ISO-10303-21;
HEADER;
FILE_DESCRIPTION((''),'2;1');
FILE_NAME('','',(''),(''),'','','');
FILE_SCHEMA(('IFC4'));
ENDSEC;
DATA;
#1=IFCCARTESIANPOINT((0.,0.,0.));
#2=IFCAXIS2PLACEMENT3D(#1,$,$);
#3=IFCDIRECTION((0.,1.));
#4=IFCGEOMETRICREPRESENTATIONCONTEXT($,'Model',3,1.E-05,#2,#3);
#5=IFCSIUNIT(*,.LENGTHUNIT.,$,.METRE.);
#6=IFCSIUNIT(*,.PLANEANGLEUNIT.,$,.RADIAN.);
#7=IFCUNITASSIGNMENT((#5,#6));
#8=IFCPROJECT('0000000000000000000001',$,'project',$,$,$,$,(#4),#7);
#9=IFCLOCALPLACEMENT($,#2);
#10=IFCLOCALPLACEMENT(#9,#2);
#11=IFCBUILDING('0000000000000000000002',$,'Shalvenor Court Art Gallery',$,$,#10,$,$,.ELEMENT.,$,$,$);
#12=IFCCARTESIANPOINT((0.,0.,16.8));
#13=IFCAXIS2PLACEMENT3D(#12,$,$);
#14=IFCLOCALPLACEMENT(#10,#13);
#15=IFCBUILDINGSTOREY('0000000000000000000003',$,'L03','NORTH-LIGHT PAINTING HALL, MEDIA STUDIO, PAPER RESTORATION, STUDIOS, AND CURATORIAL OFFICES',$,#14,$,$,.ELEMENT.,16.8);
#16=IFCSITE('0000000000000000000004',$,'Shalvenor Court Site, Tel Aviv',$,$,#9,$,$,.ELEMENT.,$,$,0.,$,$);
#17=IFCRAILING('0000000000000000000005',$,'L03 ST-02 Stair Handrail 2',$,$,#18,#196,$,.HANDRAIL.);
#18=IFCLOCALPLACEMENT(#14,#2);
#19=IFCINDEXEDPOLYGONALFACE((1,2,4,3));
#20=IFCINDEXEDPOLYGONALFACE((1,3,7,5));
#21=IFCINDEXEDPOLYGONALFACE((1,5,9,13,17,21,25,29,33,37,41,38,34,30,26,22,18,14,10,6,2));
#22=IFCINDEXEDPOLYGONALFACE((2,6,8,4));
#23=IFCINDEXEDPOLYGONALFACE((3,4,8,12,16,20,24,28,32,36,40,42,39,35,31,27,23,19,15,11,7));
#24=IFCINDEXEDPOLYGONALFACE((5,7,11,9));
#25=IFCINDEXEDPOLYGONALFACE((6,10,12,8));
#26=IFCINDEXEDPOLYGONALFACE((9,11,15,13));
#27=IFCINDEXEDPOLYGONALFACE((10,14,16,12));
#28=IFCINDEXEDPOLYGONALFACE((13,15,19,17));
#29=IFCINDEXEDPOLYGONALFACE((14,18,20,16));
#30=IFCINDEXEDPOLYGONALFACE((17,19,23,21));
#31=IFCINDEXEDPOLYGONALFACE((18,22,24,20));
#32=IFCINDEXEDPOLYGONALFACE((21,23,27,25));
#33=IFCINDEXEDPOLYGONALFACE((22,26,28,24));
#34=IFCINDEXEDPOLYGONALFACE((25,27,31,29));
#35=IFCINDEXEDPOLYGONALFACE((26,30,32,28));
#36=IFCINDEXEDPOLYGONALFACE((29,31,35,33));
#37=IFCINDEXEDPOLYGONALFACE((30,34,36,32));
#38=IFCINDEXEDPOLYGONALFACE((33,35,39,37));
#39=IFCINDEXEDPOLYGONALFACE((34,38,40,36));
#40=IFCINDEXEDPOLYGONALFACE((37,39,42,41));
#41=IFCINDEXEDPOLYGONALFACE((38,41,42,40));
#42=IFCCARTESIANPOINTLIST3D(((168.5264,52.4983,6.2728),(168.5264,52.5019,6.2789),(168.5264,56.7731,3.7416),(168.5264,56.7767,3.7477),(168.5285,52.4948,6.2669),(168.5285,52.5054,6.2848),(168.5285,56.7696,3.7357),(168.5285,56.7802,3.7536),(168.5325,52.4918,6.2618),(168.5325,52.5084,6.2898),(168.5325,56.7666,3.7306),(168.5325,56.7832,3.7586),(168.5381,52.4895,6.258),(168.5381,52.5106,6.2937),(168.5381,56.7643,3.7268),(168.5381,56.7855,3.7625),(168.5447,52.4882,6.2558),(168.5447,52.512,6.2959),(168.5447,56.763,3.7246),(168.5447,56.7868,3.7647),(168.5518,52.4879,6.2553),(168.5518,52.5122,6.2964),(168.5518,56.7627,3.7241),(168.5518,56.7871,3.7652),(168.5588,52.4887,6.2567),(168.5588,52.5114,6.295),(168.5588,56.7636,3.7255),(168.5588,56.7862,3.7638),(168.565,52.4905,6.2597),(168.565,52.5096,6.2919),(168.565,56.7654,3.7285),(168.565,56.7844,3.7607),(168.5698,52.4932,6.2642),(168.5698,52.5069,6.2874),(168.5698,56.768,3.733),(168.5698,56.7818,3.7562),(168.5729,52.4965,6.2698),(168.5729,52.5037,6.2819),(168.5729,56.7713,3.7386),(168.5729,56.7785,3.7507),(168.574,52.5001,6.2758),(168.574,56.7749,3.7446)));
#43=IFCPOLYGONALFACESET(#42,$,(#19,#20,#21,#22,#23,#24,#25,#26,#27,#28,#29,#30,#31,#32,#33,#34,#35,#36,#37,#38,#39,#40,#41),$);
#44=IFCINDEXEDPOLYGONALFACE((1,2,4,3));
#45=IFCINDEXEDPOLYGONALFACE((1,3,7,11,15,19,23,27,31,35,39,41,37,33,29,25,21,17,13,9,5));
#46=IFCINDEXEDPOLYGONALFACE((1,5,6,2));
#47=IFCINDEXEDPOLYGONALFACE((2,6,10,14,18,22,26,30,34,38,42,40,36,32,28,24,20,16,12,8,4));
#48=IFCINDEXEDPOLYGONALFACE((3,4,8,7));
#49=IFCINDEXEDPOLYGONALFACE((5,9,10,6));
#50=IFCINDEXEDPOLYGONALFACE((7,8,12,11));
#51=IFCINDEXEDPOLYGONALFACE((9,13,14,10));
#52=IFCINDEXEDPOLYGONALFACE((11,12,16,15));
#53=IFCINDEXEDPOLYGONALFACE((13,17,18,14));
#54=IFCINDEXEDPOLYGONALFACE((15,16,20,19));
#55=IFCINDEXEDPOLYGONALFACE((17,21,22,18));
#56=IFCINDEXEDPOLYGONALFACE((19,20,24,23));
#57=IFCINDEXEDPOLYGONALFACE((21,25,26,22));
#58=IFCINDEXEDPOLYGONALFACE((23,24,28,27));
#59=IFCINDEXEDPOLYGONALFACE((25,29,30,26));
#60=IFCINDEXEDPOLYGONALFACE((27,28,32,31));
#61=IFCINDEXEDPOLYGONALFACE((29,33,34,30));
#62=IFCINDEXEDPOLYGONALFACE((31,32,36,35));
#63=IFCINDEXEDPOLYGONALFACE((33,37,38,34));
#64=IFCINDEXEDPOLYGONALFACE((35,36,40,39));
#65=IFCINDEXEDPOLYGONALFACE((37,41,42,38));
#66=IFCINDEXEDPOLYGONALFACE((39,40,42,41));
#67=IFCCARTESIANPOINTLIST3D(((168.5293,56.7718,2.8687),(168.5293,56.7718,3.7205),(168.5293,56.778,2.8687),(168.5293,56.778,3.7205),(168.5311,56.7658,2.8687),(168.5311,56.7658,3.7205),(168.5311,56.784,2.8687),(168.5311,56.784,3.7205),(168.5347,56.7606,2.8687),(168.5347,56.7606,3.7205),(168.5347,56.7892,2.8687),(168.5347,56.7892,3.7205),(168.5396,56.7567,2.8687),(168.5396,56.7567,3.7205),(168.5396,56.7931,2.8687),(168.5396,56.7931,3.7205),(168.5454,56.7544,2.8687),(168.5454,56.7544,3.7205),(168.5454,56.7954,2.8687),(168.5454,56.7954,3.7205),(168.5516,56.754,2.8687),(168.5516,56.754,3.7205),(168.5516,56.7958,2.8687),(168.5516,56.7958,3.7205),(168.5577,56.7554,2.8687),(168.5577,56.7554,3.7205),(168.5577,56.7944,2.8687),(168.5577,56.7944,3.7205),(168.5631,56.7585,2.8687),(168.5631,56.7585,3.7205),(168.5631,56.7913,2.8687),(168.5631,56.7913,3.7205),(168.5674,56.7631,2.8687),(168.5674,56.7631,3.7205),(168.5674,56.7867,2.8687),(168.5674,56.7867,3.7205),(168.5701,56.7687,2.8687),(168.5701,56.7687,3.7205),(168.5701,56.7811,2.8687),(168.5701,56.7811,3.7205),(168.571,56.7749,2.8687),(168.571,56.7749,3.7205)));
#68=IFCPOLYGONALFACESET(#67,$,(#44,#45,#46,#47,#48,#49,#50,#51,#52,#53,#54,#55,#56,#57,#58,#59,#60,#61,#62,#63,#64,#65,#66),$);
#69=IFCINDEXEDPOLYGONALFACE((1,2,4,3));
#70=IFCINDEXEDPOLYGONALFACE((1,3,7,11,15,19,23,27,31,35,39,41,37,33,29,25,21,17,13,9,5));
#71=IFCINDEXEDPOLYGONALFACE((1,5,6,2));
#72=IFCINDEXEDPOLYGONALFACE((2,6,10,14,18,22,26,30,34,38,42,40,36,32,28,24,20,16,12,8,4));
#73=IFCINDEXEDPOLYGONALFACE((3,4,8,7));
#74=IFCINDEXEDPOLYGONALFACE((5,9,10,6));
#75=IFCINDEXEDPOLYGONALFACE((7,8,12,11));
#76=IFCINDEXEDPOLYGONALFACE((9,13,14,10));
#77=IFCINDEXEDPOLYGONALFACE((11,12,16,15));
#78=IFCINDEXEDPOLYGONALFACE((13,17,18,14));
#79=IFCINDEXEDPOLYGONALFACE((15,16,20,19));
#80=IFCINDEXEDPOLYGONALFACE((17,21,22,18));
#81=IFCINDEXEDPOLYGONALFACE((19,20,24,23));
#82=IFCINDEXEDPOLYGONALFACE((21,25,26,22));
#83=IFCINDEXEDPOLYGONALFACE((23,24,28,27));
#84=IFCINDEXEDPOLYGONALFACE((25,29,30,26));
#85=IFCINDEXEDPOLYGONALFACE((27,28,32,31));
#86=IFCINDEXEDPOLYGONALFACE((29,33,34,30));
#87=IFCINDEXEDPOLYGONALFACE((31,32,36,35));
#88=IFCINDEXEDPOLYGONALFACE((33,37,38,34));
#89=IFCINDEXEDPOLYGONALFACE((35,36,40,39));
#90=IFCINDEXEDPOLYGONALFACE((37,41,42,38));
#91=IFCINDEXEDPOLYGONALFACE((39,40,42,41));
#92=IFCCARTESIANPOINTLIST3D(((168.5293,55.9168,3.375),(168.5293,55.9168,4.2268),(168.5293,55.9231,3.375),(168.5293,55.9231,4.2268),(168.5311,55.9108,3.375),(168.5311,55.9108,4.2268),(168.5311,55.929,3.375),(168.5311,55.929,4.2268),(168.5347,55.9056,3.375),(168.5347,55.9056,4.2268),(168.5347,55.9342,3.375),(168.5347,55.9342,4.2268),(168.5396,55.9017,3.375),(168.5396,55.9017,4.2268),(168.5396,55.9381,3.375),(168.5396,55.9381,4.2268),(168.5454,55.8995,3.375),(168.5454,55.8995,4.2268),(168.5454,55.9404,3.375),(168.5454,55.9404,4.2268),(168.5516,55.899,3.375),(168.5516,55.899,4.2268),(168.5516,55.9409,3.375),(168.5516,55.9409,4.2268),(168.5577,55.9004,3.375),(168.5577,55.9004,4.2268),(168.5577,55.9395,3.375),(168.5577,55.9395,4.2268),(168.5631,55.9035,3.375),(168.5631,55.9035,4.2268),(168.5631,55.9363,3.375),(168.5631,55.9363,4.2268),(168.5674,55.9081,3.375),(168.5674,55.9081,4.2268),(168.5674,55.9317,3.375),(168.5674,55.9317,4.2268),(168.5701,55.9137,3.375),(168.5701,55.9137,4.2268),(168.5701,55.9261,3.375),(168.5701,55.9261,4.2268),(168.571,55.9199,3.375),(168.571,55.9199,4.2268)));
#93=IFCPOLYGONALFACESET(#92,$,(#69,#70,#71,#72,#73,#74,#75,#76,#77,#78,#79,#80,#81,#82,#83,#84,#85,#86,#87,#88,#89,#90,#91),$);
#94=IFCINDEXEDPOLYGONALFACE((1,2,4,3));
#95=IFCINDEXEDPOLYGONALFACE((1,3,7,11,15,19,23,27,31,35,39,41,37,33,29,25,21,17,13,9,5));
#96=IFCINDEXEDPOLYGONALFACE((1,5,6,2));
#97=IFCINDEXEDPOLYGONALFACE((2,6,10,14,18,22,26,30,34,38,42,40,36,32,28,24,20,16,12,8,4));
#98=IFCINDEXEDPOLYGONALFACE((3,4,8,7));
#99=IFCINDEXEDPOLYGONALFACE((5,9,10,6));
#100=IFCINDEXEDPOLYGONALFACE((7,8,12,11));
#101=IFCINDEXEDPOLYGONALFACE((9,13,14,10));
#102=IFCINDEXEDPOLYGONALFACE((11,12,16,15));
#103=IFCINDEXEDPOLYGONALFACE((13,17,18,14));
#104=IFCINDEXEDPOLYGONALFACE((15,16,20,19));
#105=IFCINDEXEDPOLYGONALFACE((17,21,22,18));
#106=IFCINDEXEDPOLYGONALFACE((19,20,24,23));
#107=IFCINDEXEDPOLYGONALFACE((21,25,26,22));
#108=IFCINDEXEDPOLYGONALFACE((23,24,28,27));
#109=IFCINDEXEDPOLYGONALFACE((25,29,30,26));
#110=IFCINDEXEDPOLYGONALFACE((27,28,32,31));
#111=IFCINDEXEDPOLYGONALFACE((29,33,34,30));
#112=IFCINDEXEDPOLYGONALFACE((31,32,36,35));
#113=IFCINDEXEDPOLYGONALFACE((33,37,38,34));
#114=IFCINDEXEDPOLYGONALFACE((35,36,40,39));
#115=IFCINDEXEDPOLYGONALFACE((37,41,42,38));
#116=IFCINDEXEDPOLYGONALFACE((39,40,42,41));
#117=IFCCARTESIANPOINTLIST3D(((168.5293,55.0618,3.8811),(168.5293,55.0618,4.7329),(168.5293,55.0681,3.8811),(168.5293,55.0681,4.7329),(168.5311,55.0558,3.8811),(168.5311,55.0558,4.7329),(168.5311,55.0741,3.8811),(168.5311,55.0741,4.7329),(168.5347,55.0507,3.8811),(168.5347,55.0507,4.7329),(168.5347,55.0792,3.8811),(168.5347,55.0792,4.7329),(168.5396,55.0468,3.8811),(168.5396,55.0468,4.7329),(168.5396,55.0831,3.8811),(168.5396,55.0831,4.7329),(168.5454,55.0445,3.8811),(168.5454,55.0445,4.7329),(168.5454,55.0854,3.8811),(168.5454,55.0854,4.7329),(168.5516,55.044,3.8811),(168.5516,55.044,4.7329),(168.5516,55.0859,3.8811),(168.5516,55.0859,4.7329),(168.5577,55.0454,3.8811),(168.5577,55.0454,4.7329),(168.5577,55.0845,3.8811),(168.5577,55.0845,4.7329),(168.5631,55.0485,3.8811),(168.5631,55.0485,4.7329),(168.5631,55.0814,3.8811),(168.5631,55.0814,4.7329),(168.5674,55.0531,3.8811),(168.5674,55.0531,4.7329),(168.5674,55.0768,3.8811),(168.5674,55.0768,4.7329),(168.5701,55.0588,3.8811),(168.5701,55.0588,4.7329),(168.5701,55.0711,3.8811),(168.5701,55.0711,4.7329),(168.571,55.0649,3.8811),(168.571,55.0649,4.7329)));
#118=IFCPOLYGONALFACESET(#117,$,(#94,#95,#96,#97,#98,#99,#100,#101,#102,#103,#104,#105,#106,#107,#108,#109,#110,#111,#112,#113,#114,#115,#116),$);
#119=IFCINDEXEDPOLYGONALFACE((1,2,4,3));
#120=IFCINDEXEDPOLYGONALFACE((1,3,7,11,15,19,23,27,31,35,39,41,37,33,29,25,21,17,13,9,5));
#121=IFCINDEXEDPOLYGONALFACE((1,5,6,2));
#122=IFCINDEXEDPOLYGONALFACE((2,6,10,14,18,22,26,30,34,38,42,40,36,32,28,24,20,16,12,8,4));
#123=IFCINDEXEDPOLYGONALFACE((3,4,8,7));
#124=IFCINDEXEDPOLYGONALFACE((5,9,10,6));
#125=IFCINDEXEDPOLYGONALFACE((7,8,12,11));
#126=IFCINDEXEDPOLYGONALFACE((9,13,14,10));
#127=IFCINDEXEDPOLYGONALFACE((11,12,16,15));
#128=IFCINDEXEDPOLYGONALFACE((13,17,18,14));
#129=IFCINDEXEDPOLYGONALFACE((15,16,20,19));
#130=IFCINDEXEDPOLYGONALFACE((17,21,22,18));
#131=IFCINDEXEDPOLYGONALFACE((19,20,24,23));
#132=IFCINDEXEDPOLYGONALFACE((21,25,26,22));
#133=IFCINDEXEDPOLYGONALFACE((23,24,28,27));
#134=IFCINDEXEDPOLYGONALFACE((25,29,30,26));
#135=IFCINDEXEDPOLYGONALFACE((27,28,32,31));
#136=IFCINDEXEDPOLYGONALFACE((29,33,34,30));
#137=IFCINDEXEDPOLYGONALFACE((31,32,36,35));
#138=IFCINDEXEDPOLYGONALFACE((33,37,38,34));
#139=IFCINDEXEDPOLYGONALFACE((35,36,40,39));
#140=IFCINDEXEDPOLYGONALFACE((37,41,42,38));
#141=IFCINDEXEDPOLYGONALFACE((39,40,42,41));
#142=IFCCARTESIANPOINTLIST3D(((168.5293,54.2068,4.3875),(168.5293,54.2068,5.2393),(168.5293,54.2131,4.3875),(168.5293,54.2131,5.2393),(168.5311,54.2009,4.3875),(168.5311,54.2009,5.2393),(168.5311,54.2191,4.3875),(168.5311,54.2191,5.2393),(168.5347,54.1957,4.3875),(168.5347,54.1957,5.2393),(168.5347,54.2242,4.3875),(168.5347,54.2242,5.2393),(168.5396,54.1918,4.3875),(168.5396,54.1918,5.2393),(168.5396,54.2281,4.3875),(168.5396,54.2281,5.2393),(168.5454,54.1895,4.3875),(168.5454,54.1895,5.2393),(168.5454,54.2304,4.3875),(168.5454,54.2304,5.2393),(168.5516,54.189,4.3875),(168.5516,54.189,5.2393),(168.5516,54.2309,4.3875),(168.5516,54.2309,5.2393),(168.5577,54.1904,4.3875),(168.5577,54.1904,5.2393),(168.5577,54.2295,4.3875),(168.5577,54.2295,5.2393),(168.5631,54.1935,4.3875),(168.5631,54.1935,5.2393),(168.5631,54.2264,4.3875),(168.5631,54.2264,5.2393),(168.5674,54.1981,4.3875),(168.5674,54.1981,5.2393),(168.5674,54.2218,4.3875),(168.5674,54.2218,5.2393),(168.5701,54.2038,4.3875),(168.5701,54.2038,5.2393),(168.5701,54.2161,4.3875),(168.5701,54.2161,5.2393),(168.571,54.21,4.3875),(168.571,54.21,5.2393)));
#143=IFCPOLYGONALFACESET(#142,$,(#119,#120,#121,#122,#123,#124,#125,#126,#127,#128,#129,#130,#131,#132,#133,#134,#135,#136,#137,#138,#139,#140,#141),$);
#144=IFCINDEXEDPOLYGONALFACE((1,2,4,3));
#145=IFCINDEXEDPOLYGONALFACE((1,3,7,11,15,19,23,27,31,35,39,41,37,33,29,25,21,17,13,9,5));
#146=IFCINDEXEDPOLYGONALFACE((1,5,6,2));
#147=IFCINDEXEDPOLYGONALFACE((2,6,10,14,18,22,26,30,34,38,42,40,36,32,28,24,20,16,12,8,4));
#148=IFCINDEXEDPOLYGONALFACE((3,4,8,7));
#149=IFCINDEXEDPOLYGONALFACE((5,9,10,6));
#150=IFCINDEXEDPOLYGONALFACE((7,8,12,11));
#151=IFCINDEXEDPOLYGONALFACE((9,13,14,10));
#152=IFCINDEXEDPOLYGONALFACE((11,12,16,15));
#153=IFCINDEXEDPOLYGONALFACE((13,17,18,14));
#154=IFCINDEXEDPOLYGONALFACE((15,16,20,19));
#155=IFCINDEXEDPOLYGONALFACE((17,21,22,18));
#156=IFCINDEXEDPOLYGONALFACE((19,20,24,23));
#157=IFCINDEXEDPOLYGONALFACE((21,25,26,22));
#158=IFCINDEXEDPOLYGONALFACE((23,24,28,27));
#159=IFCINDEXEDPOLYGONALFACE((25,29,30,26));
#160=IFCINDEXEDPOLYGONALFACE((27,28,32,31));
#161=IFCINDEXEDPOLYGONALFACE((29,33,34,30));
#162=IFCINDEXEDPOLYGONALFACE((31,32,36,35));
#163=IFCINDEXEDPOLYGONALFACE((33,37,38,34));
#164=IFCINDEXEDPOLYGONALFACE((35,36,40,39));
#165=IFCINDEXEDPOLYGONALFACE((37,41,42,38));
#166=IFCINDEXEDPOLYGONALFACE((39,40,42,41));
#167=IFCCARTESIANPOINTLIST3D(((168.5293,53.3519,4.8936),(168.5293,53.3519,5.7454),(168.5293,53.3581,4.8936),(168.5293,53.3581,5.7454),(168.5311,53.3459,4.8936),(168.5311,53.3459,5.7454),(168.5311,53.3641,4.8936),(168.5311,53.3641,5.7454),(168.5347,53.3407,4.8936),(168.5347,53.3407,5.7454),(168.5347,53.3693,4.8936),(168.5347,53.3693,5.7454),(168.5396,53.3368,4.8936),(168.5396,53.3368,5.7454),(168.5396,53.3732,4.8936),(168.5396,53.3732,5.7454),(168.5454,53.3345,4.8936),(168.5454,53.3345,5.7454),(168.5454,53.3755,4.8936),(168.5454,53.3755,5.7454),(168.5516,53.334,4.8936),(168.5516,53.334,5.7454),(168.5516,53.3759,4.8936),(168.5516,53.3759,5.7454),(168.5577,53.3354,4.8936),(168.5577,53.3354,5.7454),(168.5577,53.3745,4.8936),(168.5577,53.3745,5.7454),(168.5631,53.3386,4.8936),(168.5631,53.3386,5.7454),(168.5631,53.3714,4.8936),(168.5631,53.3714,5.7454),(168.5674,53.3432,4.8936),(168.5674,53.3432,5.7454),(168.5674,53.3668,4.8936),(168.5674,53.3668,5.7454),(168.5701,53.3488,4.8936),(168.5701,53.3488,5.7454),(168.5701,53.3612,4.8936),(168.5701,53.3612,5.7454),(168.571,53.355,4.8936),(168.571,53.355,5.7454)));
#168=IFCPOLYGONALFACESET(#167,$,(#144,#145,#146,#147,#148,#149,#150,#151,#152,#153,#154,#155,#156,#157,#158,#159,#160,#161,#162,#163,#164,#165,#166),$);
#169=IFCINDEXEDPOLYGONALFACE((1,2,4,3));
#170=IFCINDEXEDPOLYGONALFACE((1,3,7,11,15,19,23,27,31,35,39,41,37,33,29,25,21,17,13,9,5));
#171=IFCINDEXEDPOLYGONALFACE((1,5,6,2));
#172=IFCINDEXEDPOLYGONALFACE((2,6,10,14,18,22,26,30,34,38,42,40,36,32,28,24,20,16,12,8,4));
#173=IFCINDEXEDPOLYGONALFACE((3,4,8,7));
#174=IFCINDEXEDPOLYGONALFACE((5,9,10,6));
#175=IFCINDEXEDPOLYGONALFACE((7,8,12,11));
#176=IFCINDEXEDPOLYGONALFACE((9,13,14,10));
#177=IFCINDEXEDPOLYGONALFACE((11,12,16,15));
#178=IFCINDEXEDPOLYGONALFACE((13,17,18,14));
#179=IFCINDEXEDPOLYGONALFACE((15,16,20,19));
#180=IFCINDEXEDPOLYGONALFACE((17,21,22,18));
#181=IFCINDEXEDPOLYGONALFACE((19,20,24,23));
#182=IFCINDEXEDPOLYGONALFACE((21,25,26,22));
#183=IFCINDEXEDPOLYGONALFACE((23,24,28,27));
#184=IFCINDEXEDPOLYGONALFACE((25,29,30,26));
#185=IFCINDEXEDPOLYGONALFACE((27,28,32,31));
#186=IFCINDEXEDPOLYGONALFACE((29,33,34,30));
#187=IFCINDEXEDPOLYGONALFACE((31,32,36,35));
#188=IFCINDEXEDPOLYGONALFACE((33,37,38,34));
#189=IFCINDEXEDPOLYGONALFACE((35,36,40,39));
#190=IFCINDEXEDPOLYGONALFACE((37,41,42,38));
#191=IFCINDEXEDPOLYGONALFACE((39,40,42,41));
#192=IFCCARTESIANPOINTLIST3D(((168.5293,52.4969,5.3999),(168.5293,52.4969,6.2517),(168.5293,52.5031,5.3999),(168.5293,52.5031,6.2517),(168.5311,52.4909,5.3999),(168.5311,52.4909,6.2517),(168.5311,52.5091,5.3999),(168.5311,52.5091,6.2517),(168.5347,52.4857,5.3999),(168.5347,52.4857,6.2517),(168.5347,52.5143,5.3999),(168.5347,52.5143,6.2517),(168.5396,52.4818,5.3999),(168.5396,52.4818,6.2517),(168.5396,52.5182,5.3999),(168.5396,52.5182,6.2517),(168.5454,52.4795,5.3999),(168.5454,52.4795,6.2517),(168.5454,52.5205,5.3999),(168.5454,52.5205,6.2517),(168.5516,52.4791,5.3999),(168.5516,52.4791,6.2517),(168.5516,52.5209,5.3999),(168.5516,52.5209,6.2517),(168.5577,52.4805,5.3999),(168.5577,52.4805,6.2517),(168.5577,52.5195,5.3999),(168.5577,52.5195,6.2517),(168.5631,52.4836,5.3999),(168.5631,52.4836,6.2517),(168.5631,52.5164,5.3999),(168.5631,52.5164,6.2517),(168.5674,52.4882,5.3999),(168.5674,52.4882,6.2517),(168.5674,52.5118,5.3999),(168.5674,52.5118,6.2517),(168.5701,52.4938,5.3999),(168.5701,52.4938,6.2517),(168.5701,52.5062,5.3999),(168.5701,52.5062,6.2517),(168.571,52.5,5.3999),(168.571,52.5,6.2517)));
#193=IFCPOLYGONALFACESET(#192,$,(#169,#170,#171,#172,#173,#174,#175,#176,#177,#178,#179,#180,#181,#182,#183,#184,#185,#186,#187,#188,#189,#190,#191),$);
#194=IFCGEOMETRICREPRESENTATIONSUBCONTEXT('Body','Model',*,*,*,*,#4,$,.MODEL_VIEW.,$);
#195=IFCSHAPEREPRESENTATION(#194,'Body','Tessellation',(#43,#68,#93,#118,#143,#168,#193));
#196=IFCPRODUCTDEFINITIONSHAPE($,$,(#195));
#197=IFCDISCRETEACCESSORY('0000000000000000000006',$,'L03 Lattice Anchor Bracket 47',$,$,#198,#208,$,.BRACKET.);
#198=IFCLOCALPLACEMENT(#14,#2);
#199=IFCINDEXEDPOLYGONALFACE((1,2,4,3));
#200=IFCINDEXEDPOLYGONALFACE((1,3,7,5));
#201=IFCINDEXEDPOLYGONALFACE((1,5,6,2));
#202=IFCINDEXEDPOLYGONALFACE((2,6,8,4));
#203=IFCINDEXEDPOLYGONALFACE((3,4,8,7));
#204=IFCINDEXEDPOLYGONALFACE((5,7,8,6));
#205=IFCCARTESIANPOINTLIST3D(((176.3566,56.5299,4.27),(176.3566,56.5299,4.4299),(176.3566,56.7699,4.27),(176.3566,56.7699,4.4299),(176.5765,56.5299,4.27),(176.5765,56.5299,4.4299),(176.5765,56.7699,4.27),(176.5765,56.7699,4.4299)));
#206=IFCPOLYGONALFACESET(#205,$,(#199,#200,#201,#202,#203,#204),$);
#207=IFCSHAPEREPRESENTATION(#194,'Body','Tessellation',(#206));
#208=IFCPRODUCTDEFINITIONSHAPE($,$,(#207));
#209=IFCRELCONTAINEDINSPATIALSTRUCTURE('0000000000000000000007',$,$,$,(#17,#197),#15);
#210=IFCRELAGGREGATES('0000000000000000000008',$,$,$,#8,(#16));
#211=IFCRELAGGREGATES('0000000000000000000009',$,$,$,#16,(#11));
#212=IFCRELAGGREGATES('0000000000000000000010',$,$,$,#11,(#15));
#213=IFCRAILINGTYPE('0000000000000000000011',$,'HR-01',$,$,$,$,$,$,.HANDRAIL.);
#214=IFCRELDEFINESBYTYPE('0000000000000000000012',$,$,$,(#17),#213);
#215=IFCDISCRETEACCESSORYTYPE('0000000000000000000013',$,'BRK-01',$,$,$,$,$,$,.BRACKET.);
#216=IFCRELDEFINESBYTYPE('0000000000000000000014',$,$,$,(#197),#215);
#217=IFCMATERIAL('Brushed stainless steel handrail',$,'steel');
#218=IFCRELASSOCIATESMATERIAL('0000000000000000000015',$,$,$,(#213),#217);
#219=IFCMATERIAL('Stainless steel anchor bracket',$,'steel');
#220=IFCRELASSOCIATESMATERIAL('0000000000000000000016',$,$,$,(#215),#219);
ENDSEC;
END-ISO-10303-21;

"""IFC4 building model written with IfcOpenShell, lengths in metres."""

from ifc_helpers import new_model, si_unit, direction, frame, origin, origin_2d, place, context, subcontext, project, spatial, rectangle, circle, extrude, material, type_object, element, save


model = new_model("IFC4")

# Units and contexts
model_context = context("Model", 3, precision=1e-05, world=origin(), true_north=direction((0.0, 1.0)))
body_context = subcontext(model_context, "Body", "Model", "MODEL_VIEW")
ifc_project = project(units=[si_unit("LENGTHUNIT", "METRE"), si_unit("PLANEANGLEUNIT", "RADIAN")], contexts=[model_context])

# Site, building, storey
site_placement = place(None, origin())
site = spatial("IfcSite", under=ifc_project, at=site_placement, Name="Shalvenor Court Site, Tel Aviv", CompositionType="ELEMENT", RefElevation=0.0)
building_placement = place(site_placement, origin())
building = spatial("IfcBuilding", under=site, at=building_placement, Name="Shalvenor Court Art Gallery", CompositionType="ELEMENT")
storey_placement = place(building_placement, frame((0.0, 0.0, 16.8)))
storey = spatial("IfcBuildingStorey", under=building, at=storey_placement, Name="L03", Description="NORTH-LIGHT PAINTING HALL, MEDIA STUDIO, PAPER RESTORATION, STUDIOS, AND CURATORIAL OFFICES", CompositionType="ELEMENT", Elevation=16.8)

# Railing
ifc_material_1 = material(Name="Brushed stainless steel handrail", Category="steel")
railing_type_1 = type_object("IfcRailingType", Name="HR-01", PredefinedType="HANDRAIL", material=ifc_material_1)
railing_1_placement = place(storey_placement, frame((168.55, 56.7749, 2.8687)))
element("IfcRailing", 1, at=railing_1_placement, inside=storey, type_object=railing_type_1, Name="L03 ST-02 Stair Handrail 2", PredefinedType="HANDRAIL", context=body_context, shape_type="SweptSolid", body=[
    extrude(circle(Radius=0.0239, at=origin_2d()), frame((0.0, 0.0, 0.876), z_axis=(0.0, -0.86047, 0.509501), x_axis=(1.0, 0.0, 0.0)), (0.0, 0.0, 1.0), 4.968),
    extrude(circle(Radius=0.021, at=origin_2d()), origin(), (0.0, 0.0, 1.0), 0.8518),
    extrude(circle(Radius=0.021, at=origin_2d()), frame((0.0, -0.855, 0.5063)), (0.0, 0.0, 1.0), 0.8518),
    extrude(circle(Radius=0.021, at=origin_2d()), frame((0.0, -1.71, 1.0125)), (0.0, 0.0, 1.0), 0.8518),
    extrude(circle(Radius=0.021, at=origin_2d()), frame((0.0, -2.5649, 1.5188)), (0.0, 0.0, 1.0), 0.8518),
    extrude(circle(Radius=0.021, at=origin_2d()), frame((0.0, -3.4199, 2.0249)), (0.0, 0.0, 1.0), 0.8518),
    extrude(circle(Radius=0.021, at=origin_2d()), frame((0.0, -4.2749, 2.5312)), (0.0, 0.0, 1.0), 0.8518),
])

# Discrete accessory
ifc_material_2 = material(Name="Stainless steel anchor bracket", Category="steel")
discrete_accessory_type = type_object("IfcDiscreteAccessoryType", Name="BRK-01", PredefinedType="BRACKET", material=ifc_material_2)
discrete_accessory_placement = place(storey_placement, frame((176.4666, 56.6499, 4.27), z_axis=(0.0, 0.0, 1.0), x_axis=(0.0, -1.0, 0.0)))
element("IfcDiscreteAccessory", 2, at=discrete_accessory_placement, inside=storey, type_object=discrete_accessory_type, Name="L03 Lattice Anchor Bracket 47", PredefinedType="BRACKET", context=body_context, shape_type="SweptSolid", body=[
    extrude(rectangle(XDim=0.24, YDim=0.22, at=origin_2d()), origin(), (0.0, 0.0, 1.0), 0.1599),
])

save(model, "model.ifc")
